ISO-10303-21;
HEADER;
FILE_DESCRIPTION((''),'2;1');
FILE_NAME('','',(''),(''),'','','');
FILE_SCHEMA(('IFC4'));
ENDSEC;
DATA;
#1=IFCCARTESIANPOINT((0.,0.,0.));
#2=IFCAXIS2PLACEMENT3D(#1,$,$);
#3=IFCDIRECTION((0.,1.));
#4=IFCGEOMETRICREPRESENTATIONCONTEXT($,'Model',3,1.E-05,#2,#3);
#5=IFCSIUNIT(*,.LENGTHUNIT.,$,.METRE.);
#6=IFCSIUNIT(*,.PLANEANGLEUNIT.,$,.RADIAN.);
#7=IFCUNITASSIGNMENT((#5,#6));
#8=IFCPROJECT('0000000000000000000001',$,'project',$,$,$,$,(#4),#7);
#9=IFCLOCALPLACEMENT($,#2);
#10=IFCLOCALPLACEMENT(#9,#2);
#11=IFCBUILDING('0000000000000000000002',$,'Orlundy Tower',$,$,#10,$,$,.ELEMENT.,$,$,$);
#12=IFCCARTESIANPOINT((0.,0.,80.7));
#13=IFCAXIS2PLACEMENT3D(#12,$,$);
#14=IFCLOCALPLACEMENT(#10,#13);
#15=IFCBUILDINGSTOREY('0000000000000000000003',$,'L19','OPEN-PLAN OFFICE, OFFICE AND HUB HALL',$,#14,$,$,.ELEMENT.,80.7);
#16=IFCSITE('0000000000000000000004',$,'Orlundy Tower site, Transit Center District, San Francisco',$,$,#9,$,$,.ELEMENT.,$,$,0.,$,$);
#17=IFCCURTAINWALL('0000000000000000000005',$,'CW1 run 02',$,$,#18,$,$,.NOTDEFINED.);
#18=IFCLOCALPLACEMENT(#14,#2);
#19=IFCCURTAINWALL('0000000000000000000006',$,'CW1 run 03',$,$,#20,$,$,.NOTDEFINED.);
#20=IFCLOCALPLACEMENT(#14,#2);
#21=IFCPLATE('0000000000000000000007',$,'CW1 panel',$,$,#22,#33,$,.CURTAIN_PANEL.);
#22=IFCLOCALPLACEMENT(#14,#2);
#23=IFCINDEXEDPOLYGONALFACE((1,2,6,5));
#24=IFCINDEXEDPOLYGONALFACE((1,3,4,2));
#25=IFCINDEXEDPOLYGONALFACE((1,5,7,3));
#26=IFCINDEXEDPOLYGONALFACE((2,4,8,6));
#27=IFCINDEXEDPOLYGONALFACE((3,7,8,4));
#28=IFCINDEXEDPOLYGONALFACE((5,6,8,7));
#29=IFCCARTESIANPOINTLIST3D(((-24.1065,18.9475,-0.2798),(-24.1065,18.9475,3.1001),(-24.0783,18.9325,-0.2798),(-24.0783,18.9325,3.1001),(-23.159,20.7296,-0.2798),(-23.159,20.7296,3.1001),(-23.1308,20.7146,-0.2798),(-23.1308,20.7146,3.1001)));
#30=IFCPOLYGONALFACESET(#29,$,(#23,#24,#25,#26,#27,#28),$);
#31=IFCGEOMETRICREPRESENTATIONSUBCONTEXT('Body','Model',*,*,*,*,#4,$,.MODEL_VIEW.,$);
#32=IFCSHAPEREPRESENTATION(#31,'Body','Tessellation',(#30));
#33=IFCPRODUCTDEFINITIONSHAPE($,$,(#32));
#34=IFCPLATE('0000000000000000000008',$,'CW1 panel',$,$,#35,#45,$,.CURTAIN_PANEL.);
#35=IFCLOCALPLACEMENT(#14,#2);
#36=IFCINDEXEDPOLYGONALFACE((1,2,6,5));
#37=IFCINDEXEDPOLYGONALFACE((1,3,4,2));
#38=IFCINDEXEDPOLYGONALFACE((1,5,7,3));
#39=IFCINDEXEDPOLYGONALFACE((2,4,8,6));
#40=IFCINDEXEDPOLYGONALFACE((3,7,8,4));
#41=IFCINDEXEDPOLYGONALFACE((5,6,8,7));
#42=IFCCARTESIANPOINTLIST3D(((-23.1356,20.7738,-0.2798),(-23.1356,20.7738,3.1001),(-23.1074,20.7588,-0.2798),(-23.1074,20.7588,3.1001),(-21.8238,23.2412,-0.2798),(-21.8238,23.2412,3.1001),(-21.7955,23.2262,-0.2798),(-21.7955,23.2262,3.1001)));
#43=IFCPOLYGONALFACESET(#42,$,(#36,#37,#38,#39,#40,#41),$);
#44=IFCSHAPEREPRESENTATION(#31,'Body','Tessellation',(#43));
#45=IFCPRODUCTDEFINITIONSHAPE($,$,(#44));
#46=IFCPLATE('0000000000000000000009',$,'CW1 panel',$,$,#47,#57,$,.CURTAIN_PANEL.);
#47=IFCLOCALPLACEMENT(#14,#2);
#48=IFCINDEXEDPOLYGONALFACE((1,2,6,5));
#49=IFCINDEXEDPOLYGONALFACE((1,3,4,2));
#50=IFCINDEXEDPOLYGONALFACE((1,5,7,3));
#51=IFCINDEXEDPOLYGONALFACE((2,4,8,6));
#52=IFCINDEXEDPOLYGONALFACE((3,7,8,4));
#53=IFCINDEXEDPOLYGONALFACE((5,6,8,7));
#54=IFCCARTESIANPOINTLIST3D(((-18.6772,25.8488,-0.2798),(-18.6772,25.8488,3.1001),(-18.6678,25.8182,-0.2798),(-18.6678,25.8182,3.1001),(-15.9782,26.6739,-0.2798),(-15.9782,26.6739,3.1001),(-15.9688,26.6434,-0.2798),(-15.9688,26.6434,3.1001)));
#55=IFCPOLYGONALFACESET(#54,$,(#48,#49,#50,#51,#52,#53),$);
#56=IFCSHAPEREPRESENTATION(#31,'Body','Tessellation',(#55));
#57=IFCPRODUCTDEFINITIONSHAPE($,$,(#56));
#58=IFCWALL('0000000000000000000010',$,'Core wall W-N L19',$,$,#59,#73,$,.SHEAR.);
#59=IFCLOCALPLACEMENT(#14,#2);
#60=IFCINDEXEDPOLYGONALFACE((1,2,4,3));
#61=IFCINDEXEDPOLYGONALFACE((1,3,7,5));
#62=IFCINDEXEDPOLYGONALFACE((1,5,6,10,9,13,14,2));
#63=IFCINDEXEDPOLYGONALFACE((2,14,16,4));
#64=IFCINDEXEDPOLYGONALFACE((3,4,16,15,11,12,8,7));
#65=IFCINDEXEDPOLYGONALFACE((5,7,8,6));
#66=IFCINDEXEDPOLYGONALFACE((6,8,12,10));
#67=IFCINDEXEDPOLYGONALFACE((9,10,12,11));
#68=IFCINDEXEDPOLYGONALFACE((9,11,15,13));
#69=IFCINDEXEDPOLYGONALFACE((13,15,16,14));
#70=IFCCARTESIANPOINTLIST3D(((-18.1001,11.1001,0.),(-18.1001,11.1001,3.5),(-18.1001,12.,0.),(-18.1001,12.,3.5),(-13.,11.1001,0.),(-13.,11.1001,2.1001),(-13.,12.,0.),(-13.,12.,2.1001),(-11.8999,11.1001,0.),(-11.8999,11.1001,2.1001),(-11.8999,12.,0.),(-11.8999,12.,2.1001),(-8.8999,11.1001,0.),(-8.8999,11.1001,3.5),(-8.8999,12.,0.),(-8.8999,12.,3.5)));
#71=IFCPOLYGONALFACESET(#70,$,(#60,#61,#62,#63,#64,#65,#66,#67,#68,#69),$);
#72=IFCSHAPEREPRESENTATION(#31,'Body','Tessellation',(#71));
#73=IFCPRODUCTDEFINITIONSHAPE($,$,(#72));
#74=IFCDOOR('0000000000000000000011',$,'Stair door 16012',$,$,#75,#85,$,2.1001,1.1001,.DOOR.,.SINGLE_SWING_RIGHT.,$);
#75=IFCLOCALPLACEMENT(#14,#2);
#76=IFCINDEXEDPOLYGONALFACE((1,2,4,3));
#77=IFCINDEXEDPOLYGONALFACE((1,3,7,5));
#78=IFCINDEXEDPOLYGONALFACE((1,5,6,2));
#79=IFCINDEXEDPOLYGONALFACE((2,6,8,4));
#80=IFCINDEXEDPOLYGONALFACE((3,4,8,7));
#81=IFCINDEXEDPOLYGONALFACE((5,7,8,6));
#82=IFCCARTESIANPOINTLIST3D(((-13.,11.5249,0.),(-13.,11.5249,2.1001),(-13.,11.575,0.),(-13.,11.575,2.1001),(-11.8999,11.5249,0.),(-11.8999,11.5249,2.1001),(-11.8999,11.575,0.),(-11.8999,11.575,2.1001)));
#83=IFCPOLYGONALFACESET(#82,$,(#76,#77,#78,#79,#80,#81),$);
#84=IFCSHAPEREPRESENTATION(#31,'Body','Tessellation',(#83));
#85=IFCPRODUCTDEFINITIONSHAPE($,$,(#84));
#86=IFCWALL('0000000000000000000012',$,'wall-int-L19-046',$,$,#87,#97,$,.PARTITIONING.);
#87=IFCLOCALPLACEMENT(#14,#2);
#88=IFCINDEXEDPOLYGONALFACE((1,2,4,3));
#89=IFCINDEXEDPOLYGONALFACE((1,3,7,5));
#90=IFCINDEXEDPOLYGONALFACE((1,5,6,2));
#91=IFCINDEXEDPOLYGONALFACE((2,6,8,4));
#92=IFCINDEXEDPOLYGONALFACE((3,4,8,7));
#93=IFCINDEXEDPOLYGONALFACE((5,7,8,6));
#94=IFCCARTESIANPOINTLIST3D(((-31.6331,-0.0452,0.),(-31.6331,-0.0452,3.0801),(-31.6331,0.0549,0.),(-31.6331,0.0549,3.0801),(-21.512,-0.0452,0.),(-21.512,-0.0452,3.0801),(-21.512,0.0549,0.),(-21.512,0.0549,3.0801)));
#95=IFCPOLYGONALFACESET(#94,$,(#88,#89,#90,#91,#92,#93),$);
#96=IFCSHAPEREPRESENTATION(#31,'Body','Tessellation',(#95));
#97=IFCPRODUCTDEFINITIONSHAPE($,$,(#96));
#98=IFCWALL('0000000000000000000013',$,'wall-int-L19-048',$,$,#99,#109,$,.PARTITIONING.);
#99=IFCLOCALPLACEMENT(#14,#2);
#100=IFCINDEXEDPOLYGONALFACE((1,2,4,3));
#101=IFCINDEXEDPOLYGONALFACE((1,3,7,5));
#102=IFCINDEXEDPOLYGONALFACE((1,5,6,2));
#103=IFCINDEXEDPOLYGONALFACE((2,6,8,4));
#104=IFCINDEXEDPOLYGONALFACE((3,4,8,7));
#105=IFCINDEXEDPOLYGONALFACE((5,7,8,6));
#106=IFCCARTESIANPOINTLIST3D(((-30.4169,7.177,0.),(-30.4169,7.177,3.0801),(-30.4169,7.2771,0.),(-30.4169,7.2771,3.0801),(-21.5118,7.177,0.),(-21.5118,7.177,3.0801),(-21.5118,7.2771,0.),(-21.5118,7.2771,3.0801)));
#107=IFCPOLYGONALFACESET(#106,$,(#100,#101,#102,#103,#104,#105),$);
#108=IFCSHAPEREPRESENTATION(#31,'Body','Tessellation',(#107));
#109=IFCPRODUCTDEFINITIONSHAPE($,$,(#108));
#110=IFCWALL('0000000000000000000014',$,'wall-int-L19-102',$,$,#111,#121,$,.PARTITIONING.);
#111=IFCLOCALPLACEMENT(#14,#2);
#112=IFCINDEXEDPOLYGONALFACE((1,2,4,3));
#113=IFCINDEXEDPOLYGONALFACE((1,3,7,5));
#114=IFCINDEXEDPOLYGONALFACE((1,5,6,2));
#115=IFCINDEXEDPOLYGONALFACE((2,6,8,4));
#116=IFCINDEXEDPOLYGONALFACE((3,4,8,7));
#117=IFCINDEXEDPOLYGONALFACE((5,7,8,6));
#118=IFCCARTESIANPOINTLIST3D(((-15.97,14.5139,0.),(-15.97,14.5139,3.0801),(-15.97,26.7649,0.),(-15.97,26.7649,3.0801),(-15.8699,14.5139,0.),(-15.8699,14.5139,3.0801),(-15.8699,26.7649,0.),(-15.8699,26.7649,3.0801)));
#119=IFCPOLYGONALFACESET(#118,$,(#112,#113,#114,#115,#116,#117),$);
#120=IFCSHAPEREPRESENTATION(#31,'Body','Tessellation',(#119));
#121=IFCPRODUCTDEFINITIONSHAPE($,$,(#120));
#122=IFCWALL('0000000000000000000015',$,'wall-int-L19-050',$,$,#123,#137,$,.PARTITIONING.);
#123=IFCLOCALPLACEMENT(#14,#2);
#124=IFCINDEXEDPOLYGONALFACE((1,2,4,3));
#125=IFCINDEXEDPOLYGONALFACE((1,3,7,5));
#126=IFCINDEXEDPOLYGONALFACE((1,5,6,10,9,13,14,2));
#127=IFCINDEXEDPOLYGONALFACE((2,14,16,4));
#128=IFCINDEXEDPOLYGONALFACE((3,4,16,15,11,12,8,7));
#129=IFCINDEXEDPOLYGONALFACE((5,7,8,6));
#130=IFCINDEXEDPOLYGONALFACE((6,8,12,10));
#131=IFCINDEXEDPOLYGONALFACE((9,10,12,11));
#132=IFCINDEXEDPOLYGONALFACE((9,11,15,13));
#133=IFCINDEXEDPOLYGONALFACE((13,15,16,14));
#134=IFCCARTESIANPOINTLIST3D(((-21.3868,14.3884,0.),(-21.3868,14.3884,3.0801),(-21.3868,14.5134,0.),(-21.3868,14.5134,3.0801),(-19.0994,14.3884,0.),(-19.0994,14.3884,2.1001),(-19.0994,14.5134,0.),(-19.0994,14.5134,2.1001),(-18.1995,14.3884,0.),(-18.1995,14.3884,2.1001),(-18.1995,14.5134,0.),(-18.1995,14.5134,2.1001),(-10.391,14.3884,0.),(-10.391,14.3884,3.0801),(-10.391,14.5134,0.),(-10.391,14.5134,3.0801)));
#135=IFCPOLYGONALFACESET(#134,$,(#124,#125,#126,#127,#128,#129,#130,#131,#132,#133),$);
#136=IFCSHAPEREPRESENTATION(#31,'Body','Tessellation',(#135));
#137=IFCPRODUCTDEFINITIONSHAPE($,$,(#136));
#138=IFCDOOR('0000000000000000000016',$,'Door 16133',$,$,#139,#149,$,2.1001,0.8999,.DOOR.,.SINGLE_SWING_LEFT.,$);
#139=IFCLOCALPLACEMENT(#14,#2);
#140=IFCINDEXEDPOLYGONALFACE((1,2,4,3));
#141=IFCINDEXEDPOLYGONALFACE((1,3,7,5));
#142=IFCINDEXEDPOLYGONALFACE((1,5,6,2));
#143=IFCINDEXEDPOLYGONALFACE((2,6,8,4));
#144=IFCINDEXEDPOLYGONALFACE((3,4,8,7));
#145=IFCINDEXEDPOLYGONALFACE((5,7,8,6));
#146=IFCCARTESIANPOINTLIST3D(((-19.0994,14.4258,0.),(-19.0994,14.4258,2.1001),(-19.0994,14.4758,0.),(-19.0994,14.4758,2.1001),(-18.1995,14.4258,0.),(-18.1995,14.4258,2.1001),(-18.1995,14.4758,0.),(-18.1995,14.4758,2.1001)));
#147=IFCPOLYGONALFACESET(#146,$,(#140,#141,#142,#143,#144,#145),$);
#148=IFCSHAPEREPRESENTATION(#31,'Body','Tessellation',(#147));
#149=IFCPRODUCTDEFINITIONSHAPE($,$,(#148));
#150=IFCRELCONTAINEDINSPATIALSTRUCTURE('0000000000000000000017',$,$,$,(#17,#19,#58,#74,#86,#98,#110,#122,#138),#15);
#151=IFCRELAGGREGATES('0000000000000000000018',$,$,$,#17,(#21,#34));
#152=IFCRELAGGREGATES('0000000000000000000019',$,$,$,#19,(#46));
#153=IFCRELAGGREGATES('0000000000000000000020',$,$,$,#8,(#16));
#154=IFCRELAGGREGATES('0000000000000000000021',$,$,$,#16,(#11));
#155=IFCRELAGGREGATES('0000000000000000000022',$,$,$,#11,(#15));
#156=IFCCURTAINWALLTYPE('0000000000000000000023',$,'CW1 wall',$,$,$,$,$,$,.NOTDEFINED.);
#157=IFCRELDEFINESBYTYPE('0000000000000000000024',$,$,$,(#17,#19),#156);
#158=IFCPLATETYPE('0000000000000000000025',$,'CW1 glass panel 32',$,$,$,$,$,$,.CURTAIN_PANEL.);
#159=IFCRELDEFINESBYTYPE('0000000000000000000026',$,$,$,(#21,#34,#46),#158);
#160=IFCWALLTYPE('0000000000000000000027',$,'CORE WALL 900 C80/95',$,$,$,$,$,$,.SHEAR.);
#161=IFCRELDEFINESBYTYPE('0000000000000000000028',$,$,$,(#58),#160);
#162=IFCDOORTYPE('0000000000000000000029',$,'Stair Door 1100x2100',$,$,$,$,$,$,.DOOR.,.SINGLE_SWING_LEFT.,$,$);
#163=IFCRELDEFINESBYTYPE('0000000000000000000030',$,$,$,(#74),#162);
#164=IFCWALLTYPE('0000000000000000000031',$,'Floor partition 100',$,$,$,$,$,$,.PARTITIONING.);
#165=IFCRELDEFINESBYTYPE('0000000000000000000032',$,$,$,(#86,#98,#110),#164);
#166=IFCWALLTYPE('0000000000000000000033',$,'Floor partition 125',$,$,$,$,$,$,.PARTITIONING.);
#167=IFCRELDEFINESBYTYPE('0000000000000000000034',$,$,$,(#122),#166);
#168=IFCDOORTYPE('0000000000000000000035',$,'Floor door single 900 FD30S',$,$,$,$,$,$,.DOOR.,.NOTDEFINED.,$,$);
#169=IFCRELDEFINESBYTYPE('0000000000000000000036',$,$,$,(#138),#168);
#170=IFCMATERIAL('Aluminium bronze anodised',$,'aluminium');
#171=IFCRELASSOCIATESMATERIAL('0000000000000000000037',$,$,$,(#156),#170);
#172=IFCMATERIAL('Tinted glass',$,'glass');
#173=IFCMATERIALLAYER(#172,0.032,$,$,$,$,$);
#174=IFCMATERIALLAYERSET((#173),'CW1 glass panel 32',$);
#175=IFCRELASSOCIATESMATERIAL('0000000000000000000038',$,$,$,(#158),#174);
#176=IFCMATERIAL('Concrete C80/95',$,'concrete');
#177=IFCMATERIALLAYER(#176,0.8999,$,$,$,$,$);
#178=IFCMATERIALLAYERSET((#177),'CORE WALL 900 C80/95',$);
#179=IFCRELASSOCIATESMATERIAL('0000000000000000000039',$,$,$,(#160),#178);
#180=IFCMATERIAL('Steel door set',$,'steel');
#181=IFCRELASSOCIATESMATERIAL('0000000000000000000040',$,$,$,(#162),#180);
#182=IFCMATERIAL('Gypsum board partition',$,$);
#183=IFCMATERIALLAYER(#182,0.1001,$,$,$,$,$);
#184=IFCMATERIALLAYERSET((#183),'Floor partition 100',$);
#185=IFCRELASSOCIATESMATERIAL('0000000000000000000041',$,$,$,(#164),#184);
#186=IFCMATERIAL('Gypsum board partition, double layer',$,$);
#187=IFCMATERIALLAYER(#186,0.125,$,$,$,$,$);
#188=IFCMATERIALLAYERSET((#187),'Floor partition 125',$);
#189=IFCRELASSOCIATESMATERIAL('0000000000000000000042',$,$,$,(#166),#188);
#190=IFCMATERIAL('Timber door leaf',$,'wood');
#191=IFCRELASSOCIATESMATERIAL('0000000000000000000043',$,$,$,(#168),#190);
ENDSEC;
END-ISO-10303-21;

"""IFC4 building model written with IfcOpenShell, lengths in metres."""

from ifc_helpers import new_model, si_unit, direction, frame, frame_2d, origin, origin_2d, place, context, subcontext, project, spatial, rectangle, extrude, material, layer, layer_set, type_object, element, fill, aggregate, save


model = new_model("IFC4")

# Units and contexts
model_context = context("Model", 3, precision=1e-05, world=origin(), true_north=direction((0.0, 1.0)))
body_context = subcontext(model_context, "Body", "Model", "MODEL_VIEW")
ifc_project = project(units=[si_unit("LENGTHUNIT", "METRE"), si_unit("PLANEANGLEUNIT", "RADIAN")], contexts=[model_context])

# Site, building, storey
site_placement = place(None, origin())
site = spatial("IfcSite", under=ifc_project, at=site_placement, Name="Orlundy Tower site, Transit Center District, San Francisco", CompositionType="ELEMENT", RefElevation=0.0)
building_placement = place(site_placement, origin())
building = spatial("IfcBuilding", under=site, at=building_placement, Name="Orlundy Tower", CompositionType="ELEMENT")
storey_placement = place(building_placement, frame((0.0, 0.0, 80.7)))
storey = spatial("IfcBuildingStorey", under=building, at=storey_placement, Name="L19", Description="OPEN-PLAN OFFICE, OFFICE AND HUB HALL", CompositionType="ELEMENT", Elevation=80.7)

# Curtain wall
ifc_material_1 = material(Name="Aluminium bronze anodised", Category="aluminium")
curtain_wall_type = type_object("IfcCurtainWallType", Name="CW1 wall", PredefinedType="NOTDEFINED", material=ifc_material_1)
curtain_wall_1_placement = place(storey_placement, origin())
curtain_wall_1 = element("IfcCurtainWall", 1, at=curtain_wall_1_placement, inside=storey, type_object=curtain_wall_type, Name="CW1 run 02", PredefinedType="NOTDEFINED")

# Curtain wall
curtain_wall_2_placement = place(storey_placement, origin())
curtain_wall_2 = element("IfcCurtainWall", 2, at=curtain_wall_2_placement, inside=storey, type_object=curtain_wall_type, Name="CW1 run 03", PredefinedType="NOTDEFINED")

# Plates
ifc_material_2 = material(Name="Tinted glass", Category="glass")
ifc_layer_1 = layer(ifc_material_2, 0.032)
ifc_layer_set_1 = layer_set([ifc_layer_1], Name="CW1 glass panel 32")
plate_type = type_object("IfcPlateType", Name="CW1 glass panel 32", PredefinedType="CURTAIN_PANEL", material=ifc_layer_set_1)
plate_1_placement = place(storey_placement, frame((-23.6187, 19.8311, -0.2798), z_axis=(0.0, 0.0, 1.0), x_axis=(0.469445, 0.882961, 0.0)))
plate_1 = element("IfcPlate", 3, at=plate_1_placement, type_object=plate_type, Name="CW1 panel", PredefinedType="CURTAIN_PANEL", context=body_context, shape_type="SweptSolid", body=[
    extrude(rectangle(XDim=2.0183, YDim=0.032, at=origin_2d()), origin(), (0.0, 0.0, 1.0), 3.3799),
])
plate_2_placement = place(storey_placement, frame((-22.4656, 22.0, -0.2798), z_axis=(0.0, 0.0, 1.0), x_axis=(0.469445, 0.882961, 0.0)))
plate_2 = element("IfcPlate", 4, at=plate_2_placement, type_object=plate_type, Name="CW1 panel", PredefinedType="CURTAIN_PANEL", context=body_context, shape_type="SweptSolid", body=[
    extrude(rectangle(XDim=2.7944, YDim=0.032, at=origin_2d()), origin(), (0.0, 0.0, 1.0), 3.3799),
])
aggregate(curtain_wall_1, [plate_1, plate_2])
plate_3_placement = place(storey_placement, frame((-17.323, 26.2461, -0.2798), z_axis=(0.0, 0.0, 1.0), x_axis=(0.956308, 0.292361, 0.0)))
plate_3 = element("IfcPlate", 5, at=plate_3_placement, type_object=plate_type, Name="CW1 panel", PredefinedType="CURTAIN_PANEL", context=body_context, shape_type="SweptSolid", body=[
    extrude(rectangle(XDim=2.8223, YDim=0.032, at=origin_2d()), origin(), (0.0, 0.0, 1.0), 3.3799),
])
aggregate(curtain_wall_2, [plate_3])

# Wall, opening, door
ifc_material_3 = material(Name="Concrete C80/95", Category="concrete")
ifc_layer_2 = layer(ifc_material_3, 0.8999)
ifc_layer_set_2 = layer_set([ifc_layer_2], Name="CORE WALL 900 C80/95")
wall_type_1 = type_object("IfcWallType", Name="CORE WALL 900 C80/95", PredefinedType="SHEAR", material=ifc_layer_set_2)
wall_1_placement = place(storey_placement, frame((-18.1001, 11.55, 0.0), z_axis=(0.0, 0.0, 1.0), x_axis=(1.0, 0.0, 0.0)))
wall_1 = element("IfcWall", 6, at=wall_1_placement, inside=storey, type_object=wall_type_1, Name="Core wall W-N L19", PredefinedType="SHEAR", context=body_context, shape_type="SweptSolid", body=[
    extrude(rectangle(XDim=9.2002, YDim=0.8999, at=frame_2d((4.6001, 0.0))), origin(), (0.0, 0.0, 1.0), 3.5),
])
opening_1_placement = place(wall_1_placement, frame((5.1001, 0.0, 0.0)))
opening_1 = element("IfcOpeningElement", 7, at=opening_1_placement, cuts=wall_1, PredefinedType="OPENING", context=body_context, shape_type="SweptSolid", body=[
    extrude(rectangle(XDim=1.1001, YDim=2.1001, at=frame_2d((0.55, 1.05))), frame((0.0, 0.46, 0.0), z_axis=(0.0, -1.0, 0.0), x_axis=(1.0, 0.0, 0.0)), (0.0, 0.0, 1.0), 0.9199),
])
ifc_material_4 = material(Name="Steel door set", Category="steel")
door_type_1 = type_object("IfcDoorType", Name="Stair Door 1100x2100", OperationType="SINGLE_SWING_LEFT", PredefinedType="DOOR", material=ifc_material_4)
door_1_placement = place(opening_1_placement, origin())
door_1 = element("IfcDoor", 8, at=door_1_placement, inside=storey, type_object=door_type_1, Name="Stair door 16012", OperationType="SINGLE_SWING_RIGHT", OverallHeight=2.1001, OverallWidth=1.1001, PredefinedType="DOOR", context=body_context, shape_type="SweptSolid", body=[
    extrude(rectangle(XDim=1.1001, YDim=2.1001, at=frame_2d((0.55, 1.05))), frame((0.0, 0.0249, 0.0), z_axis=(0.0, -1.0, 0.0), x_axis=(1.0, 0.0, 0.0)), (0.0, 0.0, 1.0), 0.05),
])
fill(opening_1, door_1)

# Walls
ifc_material_5 = material(Name="Gypsum board partition")
ifc_layer_3 = layer(ifc_material_5, 0.1001)
ifc_layer_set_3 = layer_set([ifc_layer_3], Name="Floor partition 100")
wall_type_2 = type_object("IfcWallType", Name="Floor partition 100", PredefinedType="PARTITIONING", material=ifc_layer_set_3)
wall_2_placement = place(storey_placement, frame((-31.6331, 0.0049, 0.0), z_axis=(0.0, 0.0, 1.0), x_axis=(1.0, 0.0, 0.0)))
element("IfcWall", 9, at=wall_2_placement, inside=storey, type_object=wall_type_2, Name="wall-int-L19-046", PredefinedType="PARTITIONING", context=body_context, shape_type="SweptSolid", body=[
    extrude(rectangle(XDim=10.1211, YDim=0.1001, at=frame_2d((5.0605, 0.0))), origin(), (0.0, 0.0, 1.0), 3.0801),
])
wall_3_placement = place(storey_placement, frame((-30.417, 7.2271, 0.0), z_axis=(0.0, 0.0, 1.0), x_axis=(1.0, 0.0, 0.0)))
element("IfcWall", 10, at=wall_3_placement, inside=storey, type_object=wall_type_2, Name="wall-int-L19-048", PredefinedType="PARTITIONING", context=body_context, shape_type="SweptSolid", body=[
    extrude(rectangle(XDim=8.905, YDim=0.1001, at=frame_2d((4.4526, 0.0))), origin(), (0.0, 0.0, 1.0), 3.0801),
])
wall_4_placement = place(storey_placement, frame((-15.9199, 14.5139, 0.0), z_axis=(0.0, 0.0, 1.0), x_axis=(0.0, 1.0, 0.0)))
element("IfcWall", 11, at=wall_4_placement, inside=storey, type_object=wall_type_2, Name="wall-int-L19-102", PredefinedType="PARTITIONING", context=body_context, shape_type="SweptSolid", body=[
    extrude(rectangle(XDim=12.251, YDim=0.1001, at=frame_2d((6.1255, 0.0))), origin(), (0.0, 0.0, 1.0), 3.0801),
])

# Wall, opening, door
ifc_material_6 = material(Name="Gypsum board partition, double layer")
ifc_layer_4 = layer(ifc_material_6, 0.125)
ifc_layer_set_4 = layer_set([ifc_layer_4], Name="Floor partition 125")
wall_type_3 = type_object("IfcWallType", Name="Floor partition 125", PredefinedType="PARTITIONING", material=ifc_layer_set_4)
wall_5_placement = place(storey_placement, frame((-21.387, 14.4509, 0.0), z_axis=(0.0, 0.0, 1.0), x_axis=(1.0, 0.0, 0.0)))
wall_5 = element("IfcWall", 12, at=wall_5_placement, inside=storey, type_object=wall_type_3, Name="wall-int-L19-050", PredefinedType="PARTITIONING", context=body_context, shape_type="SweptSolid", body=[
    extrude(rectangle(XDim=10.9958, YDim=0.125, at=frame_2d((5.498, 0.0))), origin(), (0.0, 0.0, 1.0), 3.0801),
])
opening_2_placement = place(wall_5_placement, frame((2.2876, 0.0, 0.0)))
opening_2 = element("IfcOpeningElement", 13, at=opening_2_placement, cuts=wall_5, PredefinedType="OPENING", context=body_context, shape_type="SweptSolid", body=[
    extrude(rectangle(XDim=0.8999, YDim=2.1001, at=frame_2d((0.45, 1.05))), frame((0.0, 0.0725, 0.0), z_axis=(0.0, -1.0, 0.0), x_axis=(1.0, 0.0, 0.0)), (0.0, 0.0, 1.0), 0.145),
])
ifc_material_7 = material(Name="Timber door leaf", Category="wood")
door_type_2 = type_object("IfcDoorType", Name="Floor door single 900 FD30S", OperationType="NOTDEFINED", PredefinedType="DOOR", material=ifc_material_7)
door_2_placement = place(opening_2_placement, origin())
door_2 = element("IfcDoor", 14, at=door_2_placement, inside=storey, type_object=door_type_2, Name="Door 16133", OperationType="SINGLE_SWING_LEFT", OverallHeight=2.1001, OverallWidth=0.8999, PredefinedType="DOOR", context=body_context, shape_type="SweptSolid", body=[
    extrude(rectangle(XDim=0.8999, YDim=2.1001, at=frame_2d((0.45, 1.05))), frame((0.0, 0.0249, 0.0), z_axis=(0.0, -1.0, 0.0), x_axis=(1.0, 0.0, 0.0)), (0.0, 0.0, 1.0), 0.05),
])
fill(opening_2, door_2)

save(model, "model.ifc")
